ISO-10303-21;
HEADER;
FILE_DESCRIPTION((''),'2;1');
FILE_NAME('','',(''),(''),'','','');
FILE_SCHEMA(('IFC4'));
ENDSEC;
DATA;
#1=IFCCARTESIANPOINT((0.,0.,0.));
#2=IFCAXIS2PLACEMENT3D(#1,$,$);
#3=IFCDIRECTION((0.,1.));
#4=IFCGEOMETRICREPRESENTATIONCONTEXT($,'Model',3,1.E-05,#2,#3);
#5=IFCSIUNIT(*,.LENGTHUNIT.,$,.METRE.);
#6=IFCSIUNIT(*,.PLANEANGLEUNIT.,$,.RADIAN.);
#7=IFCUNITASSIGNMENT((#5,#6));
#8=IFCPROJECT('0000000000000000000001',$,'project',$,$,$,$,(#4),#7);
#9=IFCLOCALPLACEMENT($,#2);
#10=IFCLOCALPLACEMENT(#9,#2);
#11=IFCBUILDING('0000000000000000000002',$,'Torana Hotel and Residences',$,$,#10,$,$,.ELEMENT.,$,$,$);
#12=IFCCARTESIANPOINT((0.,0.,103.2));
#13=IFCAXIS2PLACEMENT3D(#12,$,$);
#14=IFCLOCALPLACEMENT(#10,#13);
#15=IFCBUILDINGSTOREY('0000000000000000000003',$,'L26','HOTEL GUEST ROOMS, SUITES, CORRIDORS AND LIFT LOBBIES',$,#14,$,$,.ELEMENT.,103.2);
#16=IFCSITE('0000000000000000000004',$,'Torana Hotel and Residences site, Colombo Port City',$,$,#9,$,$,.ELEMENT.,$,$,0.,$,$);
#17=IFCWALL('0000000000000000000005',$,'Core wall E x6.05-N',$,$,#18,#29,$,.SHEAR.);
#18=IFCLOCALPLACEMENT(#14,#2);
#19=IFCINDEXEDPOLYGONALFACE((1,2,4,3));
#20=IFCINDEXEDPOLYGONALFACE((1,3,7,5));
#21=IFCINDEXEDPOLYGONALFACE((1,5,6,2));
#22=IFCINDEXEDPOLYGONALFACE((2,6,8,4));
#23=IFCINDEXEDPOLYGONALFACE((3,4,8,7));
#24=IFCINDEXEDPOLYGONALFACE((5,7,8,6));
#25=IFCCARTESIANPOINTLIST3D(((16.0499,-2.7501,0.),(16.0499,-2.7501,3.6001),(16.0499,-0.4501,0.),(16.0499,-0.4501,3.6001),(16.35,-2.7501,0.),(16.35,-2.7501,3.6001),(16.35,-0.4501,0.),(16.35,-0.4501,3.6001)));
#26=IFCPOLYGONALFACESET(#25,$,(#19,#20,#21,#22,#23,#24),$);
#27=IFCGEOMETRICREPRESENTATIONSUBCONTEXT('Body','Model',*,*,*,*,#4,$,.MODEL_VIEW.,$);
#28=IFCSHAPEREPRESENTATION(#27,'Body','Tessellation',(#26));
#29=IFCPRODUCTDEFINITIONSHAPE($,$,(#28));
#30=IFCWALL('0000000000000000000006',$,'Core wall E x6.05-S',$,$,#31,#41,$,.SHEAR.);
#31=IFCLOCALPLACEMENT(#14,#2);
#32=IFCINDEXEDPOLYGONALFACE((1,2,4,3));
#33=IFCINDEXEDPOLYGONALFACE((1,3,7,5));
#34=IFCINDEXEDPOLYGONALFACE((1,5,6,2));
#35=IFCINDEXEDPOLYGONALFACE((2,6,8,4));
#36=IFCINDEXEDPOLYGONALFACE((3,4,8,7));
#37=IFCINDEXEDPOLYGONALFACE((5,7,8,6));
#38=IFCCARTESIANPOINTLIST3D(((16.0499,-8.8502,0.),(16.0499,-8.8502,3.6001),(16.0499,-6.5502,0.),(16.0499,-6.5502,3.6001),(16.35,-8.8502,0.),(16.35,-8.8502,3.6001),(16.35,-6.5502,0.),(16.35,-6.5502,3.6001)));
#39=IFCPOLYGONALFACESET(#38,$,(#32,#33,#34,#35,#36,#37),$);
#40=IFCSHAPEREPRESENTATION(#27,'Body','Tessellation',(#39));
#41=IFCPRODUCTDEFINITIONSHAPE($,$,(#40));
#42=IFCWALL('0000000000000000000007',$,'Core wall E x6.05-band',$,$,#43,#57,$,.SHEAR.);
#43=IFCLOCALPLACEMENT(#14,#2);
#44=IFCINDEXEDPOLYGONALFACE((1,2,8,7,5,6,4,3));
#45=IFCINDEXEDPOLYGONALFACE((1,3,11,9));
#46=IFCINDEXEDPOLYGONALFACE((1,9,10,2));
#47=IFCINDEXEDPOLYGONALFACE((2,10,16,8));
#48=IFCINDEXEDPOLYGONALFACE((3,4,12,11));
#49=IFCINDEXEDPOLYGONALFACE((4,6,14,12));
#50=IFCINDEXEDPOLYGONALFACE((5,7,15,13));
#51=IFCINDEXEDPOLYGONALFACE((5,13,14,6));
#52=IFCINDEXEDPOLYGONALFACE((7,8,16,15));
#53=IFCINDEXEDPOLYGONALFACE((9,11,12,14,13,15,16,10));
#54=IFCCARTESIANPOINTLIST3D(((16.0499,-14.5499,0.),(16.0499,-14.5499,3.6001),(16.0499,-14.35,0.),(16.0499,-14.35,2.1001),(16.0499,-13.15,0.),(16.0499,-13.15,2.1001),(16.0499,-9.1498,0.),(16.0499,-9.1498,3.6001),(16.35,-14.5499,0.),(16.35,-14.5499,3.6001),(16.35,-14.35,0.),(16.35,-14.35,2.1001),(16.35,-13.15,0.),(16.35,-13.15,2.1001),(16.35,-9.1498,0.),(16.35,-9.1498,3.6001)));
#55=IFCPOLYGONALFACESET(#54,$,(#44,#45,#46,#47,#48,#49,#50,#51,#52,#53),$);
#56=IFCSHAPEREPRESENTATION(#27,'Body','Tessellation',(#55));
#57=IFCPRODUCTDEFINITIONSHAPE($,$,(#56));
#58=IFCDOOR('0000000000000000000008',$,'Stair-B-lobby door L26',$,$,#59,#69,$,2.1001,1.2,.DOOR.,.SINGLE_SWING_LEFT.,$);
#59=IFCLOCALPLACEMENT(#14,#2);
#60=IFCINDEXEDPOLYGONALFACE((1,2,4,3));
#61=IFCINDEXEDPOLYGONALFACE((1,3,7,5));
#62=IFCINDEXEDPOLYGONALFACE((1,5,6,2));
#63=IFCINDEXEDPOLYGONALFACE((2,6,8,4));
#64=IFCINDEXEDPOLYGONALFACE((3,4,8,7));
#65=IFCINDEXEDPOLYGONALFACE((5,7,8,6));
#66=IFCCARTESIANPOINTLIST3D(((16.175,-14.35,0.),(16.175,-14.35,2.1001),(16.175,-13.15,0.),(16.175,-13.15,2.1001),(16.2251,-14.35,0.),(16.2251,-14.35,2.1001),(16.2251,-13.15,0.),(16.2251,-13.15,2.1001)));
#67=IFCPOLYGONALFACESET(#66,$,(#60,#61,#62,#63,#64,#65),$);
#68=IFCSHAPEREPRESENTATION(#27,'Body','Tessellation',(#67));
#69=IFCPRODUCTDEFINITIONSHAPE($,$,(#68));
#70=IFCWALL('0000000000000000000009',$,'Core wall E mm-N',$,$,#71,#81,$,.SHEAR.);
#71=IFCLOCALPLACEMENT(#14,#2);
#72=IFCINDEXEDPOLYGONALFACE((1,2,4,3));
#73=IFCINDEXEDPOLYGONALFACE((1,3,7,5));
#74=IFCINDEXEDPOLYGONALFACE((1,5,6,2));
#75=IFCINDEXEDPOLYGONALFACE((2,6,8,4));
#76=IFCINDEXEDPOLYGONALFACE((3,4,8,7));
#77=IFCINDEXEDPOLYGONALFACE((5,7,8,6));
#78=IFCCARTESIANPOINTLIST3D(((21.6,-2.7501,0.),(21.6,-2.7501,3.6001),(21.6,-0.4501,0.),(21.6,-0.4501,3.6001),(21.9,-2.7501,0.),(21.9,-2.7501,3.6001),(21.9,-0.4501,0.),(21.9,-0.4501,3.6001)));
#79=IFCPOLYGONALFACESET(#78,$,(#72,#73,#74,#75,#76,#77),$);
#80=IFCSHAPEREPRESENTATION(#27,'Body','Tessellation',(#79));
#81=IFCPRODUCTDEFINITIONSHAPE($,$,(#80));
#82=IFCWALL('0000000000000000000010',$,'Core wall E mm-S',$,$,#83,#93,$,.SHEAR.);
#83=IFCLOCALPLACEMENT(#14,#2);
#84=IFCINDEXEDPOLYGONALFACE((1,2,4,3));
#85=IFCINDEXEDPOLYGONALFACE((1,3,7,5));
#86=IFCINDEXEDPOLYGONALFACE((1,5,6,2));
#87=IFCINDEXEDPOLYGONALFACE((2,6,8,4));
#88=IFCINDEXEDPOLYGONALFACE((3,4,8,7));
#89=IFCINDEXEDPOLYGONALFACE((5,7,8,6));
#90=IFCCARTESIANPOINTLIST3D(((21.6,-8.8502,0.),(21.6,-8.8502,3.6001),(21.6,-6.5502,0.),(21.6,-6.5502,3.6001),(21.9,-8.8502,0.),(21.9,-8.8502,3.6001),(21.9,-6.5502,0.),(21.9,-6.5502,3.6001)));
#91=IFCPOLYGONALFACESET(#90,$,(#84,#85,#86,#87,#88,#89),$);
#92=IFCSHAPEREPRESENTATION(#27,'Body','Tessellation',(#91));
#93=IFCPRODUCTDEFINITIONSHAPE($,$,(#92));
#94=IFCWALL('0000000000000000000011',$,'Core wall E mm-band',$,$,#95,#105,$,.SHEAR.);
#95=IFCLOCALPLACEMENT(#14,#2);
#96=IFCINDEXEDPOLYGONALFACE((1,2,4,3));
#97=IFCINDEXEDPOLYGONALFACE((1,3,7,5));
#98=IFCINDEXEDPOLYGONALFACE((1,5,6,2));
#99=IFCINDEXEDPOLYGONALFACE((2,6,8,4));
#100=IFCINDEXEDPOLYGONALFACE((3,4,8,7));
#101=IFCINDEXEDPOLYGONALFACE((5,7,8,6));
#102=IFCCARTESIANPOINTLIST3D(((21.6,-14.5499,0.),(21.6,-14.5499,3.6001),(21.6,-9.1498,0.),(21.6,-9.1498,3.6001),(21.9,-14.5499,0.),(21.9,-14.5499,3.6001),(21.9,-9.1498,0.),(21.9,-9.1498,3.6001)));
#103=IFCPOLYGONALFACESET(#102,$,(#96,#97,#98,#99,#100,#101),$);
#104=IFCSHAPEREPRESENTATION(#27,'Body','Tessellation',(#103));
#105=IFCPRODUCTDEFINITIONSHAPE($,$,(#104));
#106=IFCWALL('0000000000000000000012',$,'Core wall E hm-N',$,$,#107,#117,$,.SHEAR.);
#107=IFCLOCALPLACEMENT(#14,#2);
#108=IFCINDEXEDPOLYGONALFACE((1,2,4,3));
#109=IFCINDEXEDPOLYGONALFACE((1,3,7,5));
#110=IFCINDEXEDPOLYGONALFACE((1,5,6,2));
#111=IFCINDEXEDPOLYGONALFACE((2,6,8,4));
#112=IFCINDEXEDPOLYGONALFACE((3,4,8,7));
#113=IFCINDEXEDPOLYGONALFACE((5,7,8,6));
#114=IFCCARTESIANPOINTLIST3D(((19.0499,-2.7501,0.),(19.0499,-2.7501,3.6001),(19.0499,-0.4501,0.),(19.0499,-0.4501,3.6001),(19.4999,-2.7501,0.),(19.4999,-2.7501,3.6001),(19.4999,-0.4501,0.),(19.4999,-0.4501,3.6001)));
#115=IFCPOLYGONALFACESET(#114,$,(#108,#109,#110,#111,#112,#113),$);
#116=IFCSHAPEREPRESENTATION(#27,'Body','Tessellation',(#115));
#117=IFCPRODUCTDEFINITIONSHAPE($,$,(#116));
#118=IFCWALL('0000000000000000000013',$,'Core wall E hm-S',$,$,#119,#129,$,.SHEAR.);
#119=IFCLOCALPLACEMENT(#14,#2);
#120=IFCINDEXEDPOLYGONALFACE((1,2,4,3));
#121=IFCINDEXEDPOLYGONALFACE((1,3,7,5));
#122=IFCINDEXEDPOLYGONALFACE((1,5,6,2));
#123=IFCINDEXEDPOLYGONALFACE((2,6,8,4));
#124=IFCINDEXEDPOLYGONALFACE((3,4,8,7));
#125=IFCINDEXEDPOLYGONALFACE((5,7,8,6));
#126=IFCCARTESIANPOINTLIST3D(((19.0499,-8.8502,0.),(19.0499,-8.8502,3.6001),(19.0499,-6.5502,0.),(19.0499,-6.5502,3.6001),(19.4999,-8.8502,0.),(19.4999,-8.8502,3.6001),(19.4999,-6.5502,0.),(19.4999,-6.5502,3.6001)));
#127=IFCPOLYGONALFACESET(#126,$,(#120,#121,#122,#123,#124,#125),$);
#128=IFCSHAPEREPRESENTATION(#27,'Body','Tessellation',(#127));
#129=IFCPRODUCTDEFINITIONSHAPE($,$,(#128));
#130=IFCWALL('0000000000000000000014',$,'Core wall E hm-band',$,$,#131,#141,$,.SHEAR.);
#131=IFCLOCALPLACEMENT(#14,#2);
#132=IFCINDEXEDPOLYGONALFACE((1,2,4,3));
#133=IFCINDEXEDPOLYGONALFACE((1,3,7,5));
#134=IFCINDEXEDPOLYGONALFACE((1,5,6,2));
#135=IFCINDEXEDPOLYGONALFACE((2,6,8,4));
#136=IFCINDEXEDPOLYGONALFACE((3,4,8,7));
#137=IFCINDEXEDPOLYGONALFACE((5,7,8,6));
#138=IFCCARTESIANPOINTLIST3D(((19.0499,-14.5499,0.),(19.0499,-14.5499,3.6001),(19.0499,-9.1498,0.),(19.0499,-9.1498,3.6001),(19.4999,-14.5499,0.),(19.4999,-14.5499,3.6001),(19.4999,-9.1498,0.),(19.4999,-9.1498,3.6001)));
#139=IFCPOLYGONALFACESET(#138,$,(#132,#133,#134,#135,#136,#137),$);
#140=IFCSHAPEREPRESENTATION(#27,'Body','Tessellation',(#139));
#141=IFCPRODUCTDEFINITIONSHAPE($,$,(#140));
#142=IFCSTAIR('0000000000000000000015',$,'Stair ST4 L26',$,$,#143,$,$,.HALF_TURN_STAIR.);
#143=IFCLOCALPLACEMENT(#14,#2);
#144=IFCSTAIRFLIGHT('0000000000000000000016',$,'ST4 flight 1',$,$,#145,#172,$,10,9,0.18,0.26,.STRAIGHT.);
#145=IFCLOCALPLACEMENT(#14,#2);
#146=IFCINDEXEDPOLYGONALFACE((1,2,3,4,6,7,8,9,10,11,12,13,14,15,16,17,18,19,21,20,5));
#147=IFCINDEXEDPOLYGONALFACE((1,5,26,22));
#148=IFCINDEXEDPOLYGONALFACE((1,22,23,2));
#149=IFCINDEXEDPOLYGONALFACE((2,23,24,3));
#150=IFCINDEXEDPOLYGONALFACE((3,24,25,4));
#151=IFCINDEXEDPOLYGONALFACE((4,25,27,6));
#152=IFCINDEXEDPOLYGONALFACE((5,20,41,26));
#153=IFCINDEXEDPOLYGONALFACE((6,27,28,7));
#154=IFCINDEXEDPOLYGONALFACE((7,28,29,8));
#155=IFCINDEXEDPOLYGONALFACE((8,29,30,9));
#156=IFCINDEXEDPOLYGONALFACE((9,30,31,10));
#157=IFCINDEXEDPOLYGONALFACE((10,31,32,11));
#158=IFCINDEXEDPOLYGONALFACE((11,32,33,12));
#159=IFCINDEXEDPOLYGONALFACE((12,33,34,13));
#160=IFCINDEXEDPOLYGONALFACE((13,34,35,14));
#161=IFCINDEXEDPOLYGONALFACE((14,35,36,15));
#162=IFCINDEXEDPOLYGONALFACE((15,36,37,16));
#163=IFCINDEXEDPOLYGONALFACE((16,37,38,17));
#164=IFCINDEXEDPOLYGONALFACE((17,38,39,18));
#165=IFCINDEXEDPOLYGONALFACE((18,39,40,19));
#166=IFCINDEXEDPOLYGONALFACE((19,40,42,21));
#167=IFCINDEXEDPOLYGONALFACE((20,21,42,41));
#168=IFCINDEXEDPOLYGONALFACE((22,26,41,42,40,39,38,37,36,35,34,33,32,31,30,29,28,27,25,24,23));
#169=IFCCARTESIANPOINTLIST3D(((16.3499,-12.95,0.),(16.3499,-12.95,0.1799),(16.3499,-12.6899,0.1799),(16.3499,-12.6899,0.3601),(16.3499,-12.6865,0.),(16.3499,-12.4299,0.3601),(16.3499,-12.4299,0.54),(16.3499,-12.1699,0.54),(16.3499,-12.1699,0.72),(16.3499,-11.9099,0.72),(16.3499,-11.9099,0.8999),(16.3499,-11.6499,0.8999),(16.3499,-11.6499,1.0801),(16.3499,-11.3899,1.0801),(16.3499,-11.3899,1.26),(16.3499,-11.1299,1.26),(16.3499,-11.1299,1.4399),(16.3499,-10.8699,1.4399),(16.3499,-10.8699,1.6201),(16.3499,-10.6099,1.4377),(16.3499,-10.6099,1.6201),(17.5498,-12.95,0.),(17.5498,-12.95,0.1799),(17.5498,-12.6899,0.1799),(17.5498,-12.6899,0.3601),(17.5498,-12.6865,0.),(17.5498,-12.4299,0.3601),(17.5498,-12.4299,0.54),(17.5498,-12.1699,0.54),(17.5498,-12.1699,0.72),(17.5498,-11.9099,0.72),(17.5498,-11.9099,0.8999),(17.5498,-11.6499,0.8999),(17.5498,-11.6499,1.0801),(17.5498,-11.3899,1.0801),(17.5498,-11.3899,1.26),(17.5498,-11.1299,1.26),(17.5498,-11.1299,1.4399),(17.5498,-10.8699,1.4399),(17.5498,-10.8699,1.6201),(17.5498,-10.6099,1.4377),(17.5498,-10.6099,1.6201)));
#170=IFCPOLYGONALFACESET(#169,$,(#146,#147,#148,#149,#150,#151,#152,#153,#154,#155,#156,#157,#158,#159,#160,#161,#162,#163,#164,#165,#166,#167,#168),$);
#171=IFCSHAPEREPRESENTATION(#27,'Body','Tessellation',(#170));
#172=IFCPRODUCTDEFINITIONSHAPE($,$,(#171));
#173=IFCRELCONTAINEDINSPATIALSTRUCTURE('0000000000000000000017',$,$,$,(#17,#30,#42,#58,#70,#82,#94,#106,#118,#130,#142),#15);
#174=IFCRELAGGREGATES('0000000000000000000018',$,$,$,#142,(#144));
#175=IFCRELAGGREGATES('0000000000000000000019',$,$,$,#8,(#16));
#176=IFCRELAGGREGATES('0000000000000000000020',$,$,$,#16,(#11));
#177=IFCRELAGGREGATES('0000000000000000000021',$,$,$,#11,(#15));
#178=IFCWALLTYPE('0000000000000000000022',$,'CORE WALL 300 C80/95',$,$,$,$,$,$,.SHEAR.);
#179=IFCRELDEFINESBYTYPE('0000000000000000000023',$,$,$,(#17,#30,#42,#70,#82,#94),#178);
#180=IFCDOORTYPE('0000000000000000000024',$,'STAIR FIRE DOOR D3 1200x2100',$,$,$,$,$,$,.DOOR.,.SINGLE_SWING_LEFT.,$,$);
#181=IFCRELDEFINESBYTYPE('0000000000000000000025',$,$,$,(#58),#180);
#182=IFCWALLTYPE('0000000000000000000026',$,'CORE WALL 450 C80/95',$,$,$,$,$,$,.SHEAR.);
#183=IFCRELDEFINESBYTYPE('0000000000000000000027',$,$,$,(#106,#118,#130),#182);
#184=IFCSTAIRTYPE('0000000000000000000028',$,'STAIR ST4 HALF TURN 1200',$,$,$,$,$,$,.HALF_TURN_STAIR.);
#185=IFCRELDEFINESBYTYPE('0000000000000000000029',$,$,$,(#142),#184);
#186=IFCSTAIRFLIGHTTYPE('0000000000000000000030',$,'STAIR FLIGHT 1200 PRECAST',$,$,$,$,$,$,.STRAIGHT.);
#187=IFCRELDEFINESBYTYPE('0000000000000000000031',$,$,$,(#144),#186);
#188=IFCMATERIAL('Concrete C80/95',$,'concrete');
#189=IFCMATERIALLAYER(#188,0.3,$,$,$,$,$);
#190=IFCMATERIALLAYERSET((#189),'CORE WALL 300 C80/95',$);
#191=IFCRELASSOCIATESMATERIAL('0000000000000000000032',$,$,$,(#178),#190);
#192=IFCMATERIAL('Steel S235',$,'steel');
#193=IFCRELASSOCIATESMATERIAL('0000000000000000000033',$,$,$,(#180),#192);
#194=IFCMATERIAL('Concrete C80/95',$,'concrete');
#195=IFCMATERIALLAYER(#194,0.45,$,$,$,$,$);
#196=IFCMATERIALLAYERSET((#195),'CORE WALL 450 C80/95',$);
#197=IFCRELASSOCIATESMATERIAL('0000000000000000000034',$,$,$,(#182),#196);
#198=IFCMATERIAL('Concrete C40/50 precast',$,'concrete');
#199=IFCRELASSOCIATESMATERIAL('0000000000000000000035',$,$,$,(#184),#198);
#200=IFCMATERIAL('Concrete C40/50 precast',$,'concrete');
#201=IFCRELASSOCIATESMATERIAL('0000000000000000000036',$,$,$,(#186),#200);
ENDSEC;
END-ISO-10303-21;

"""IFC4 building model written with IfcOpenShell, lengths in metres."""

from ifc_helpers import new_model, si_unit, direction, frame, frame_2d, origin, place, context, subcontext, project, spatial, polyline, rectangle, outline, extrude, material, layer, layer_set, type_object, element, fill, aggregate, save


model = new_model("IFC4")

# Units and contexts
model_context = context("Model", 3, precision=1e-05, world=origin(), true_north=direction((0.0, 1.0)))
body_context = subcontext(model_context, "Body", "Model", "MODEL_VIEW")
ifc_project = project(units=[si_unit("LENGTHUNIT", "METRE"), si_unit("PLANEANGLEUNIT", "RADIAN")], contexts=[model_context])

# Site, building, storey
site_placement = place(None, origin())
site = spatial("IfcSite", under=ifc_project, at=site_placement, Name="Torana Hotel and Residences site, Colombo Port City", CompositionType="ELEMENT", RefElevation=0.0)
building_placement = place(site_placement, origin())
building = spatial("IfcBuilding", under=site, at=building_placement, Name="Torana Hotel and Residences", CompositionType="ELEMENT")
storey_placement = place(building_placement, frame((0.0, 0.0, 103.2)))
storey = spatial("IfcBuildingStorey", under=building, at=storey_placement, Name="L26", Description="HOTEL GUEST ROOMS, SUITES, CORRIDORS AND LIFT LOBBIES", CompositionType="ELEMENT", Elevation=103.2)

# Walls
ifc_material_1 = material(Name="Concrete C80/95", Category="concrete")
ifc_layer_1 = layer(ifc_material_1, 0.3)
ifc_layer_set_1 = layer_set([ifc_layer_1], Name="CORE WALL 300 C80/95")
wall_type_1 = type_object("IfcWallType", Name="CORE WALL 300 C80/95", PredefinedType="SHEAR", material=ifc_layer_set_1)
for number, where, z_axis, x_axis, name in (
    (1, (16.2, -2.75, 0.0), (0.0, 0.0, 1.0), (0.0, 1.0, 0.0), "Core wall E x6.05-N"),
    (2, (16.2, -8.8501, 0.0), (0.0, 0.0, 1.0), (0.0, 1.0, 0.0), "Core wall E x6.05-S"),
):
    element("IfcWall", number, at=place(storey_placement, frame(where, z_axis=z_axis, x_axis=x_axis)), inside=storey, type_object=wall_type_1, Name=name, PredefinedType="SHEAR", context=body_context, shape_type="SweptSolid", body=[
        extrude(rectangle(XDim=2.3, YDim=0.3, at=frame_2d((1.1499, 0.0))), origin(), (0.0, 0.0, 1.0), 3.6001),
    ])

# Wall, opening, door
wall_1_placement = place(storey_placement, frame((16.2, -14.55, 0.0), z_axis=(0.0, 0.0, 1.0), x_axis=(0.0, 1.0, 0.0)))
wall_1 = element("IfcWall", 3, at=wall_1_placement, inside=storey, type_object=wall_type_1, Name="Core wall E x6.05-band", PredefinedType="SHEAR", context=body_context, shape_type="SweptSolid", body=[
    extrude(rectangle(XDim=5.4001, YDim=0.3, at=frame_2d((2.7002, 0.0))), origin(), (0.0, 0.0, 1.0), 3.6001),
])
opening_placement = place(wall_1_placement, frame((0.2, 0.0, 0.0)))
opening = element("IfcOpeningElement", 4, at=opening_placement, cuts=wall_1, PredefinedType="OPENING", context=body_context, shape_type="SweptSolid", body=[
    extrude(rectangle(XDim=1.2, YDim=2.1001, at=frame_2d((0.6001, 1.05))), frame((0.0, 0.1599, 0.0), z_axis=(0.0, -1.0, 0.0), x_axis=(1.0, 0.0, 0.0)), (0.0, 0.0, 1.0), 0.3201),
])
ifc_material_2 = material(Name="Steel S235", Category="steel")
door_type = type_object("IfcDoorType", Name="STAIR FIRE DOOR D3 1200x2100", OperationType="SINGLE_SWING_LEFT", PredefinedType="DOOR", material=ifc_material_2)
door_placement = place(opening_placement, frame((0.6001, 0.0, 0.0), z_axis=(0.0, 0.0, 1.0), x_axis=(-1.0, 0.0, 0.0)))
door = element("IfcDoor", 5, at=door_placement, inside=storey, type_object=door_type, Name="Stair-B-lobby door L26", OperationType="SINGLE_SWING_LEFT", OverallHeight=2.1001, OverallWidth=1.2, PredefinedType="DOOR", context=body_context, shape_type="SweptSolid", body=[
    extrude(rectangle(XDim=1.2, YDim=2.1001, at=frame_2d((0.0, 1.05))), frame((0.0, -0.0249, 0.0), z_axis=(0.0, 1.0, 0.0), x_axis=(-1.0, 0.0, 0.0)), (0.0, 0.0, 1.0), 0.05),
])
fill(opening, door)

# Walls
for number, where, z_axis, x_axis, name in (
    (6, (21.75, -2.75, 0.0), (0.0, 0.0, 1.0), (0.0, 1.0, 0.0), "Core wall E mm-N"),
    (7, (21.75, -8.8501, 0.0), (0.0, 0.0, 1.0), (0.0, 1.0, 0.0), "Core wall E mm-S"),
):
    element("IfcWall", number, at=place(storey_placement, frame(where, z_axis=z_axis, x_axis=x_axis)), inside=storey, type_object=wall_type_1, Name=name, PredefinedType="SHEAR", context=body_context, shape_type="SweptSolid", body=[
        extrude(rectangle(XDim=2.3, YDim=0.3, at=frame_2d((1.1499, 0.0))), origin(), (0.0, 0.0, 1.0), 3.6001),
    ])
wall_2_placement = place(storey_placement, frame((21.75, -14.55, 0.0), z_axis=(0.0, 0.0, 1.0), x_axis=(0.0, 1.0, 0.0)))
element("IfcWall", 8, at=wall_2_placement, inside=storey, type_object=wall_type_1, Name="Core wall E mm-band", PredefinedType="SHEAR", context=body_context, shape_type="SweptSolid", body=[
    extrude(rectangle(XDim=5.4001, YDim=0.3, at=frame_2d((2.7002, 0.0))), origin(), (0.0, 0.0, 1.0), 3.6001),
])
ifc_material_3 = material(Name="Concrete C80/95", Category="concrete")
ifc_layer_2 = layer(ifc_material_3, 0.45)
ifc_layer_set_2 = layer_set([ifc_layer_2], Name="CORE WALL 450 C80/95")
wall_type_2 = type_object("IfcWallType", Name="CORE WALL 450 C80/95", PredefinedType="SHEAR", material=ifc_layer_set_2)
for number, where, z_axis, x_axis, name in (
    (9, (19.2749, -2.75, 0.0), (0.0, 0.0, 1.0), (0.0, 1.0, 0.0), "Core wall E hm-N"),
    (10, (19.2749, -8.8501, 0.0), (0.0, 0.0, 1.0), (0.0, 1.0, 0.0), "Core wall E hm-S"),
):
    element("IfcWall", number, at=place(storey_placement, frame(where, z_axis=z_axis, x_axis=x_axis)), inside=storey, type_object=wall_type_2, Name=name, PredefinedType="SHEAR", context=body_context, shape_type="SweptSolid", body=[
        extrude(rectangle(XDim=2.3, YDim=0.45, at=frame_2d((1.1499, 0.0))), origin(), (0.0, 0.0, 1.0), 3.6001),
    ])
wall_3_placement = place(storey_placement, frame((19.2749, -14.55, 0.0), z_axis=(0.0, 0.0, 1.0), x_axis=(0.0, 1.0, 0.0)))
element("IfcWall", 11, at=wall_3_placement, inside=storey, type_object=wall_type_2, Name="Core wall E hm-band", PredefinedType="SHEAR", context=body_context, shape_type="SweptSolid", body=[
    extrude(rectangle(XDim=5.4001, YDim=0.45, at=frame_2d((2.7002, 0.0))), origin(), (0.0, 0.0, 1.0), 3.6001),
])

# Stair, stair flight
ifc_material_4 = material(Name="Concrete C40/50 precast", Category="concrete")
stair_type = type_object("IfcStairType", Name="STAIR ST4 HALF TURN 1200", PredefinedType="HALF_TURN_STAIR", material=ifc_material_4)
stair_placement = place(storey_placement, origin())
stair = element("IfcStair", 12, at=stair_placement, inside=storey, type_object=stair_type, Name="Stair ST4 L26", PredefinedType="HALF_TURN_STAIR")
ifc_material_5 = material(Name="Concrete C40/50 precast", Category="concrete")
stair_flight_type = type_object("IfcStairFlightType", Name="STAIR FLIGHT 1200 PRECAST", PredefinedType="STRAIGHT", material=ifc_material_5)
stair_flight_1_placement = place(storey_placement, frame((16.95, -12.95, 0.0), z_axis=(0.0, 0.0, 1.0), x_axis=(0.0, 1.0, 0.0)))
stair_flight_1 = element("IfcStairFlight", 13, at=stair_flight_1_placement, type_object=stair_flight_type, Name="ST4 flight 1", NumberOfRisers=10, NumberOfTreads=9, PredefinedType="STRAIGHT", RiserHeight=0.18, TreadLength=0.26, context=body_context, shape_type="SweptSolid", body=[
    extrude(outline(polyline([(0.0, 0.0), (0.0, 0.1799), (0.26, 0.1799), (0.26, 0.3601), (0.52, 0.3601), (0.52, 0.54), (0.78, 0.54), (0.78, 0.72), (1.04, 0.72), (1.04, 0.8999), (1.3, 0.8999), (1.3, 1.0801), (1.5601, 1.0801), (1.5601, 1.26), (1.8201, 1.26), (1.8201, 1.4399), (2.0801, 1.4399), (2.0801, 1.6201), (2.3401, 1.6201), (2.3401, 1.8), (2.3401, 1.4377), (0.2634, 0.0), (0.0, 0.0)])), frame((0.0, 0.6001, 0.0), z_axis=(0.0, -1.0, 0.0), x_axis=(1.0, 0.0, 0.0)), (0.0, 0.0, 1.0), 1.2),
])
aggregate(stair, [stair_flight_1])

save(model, "model.ifc")
